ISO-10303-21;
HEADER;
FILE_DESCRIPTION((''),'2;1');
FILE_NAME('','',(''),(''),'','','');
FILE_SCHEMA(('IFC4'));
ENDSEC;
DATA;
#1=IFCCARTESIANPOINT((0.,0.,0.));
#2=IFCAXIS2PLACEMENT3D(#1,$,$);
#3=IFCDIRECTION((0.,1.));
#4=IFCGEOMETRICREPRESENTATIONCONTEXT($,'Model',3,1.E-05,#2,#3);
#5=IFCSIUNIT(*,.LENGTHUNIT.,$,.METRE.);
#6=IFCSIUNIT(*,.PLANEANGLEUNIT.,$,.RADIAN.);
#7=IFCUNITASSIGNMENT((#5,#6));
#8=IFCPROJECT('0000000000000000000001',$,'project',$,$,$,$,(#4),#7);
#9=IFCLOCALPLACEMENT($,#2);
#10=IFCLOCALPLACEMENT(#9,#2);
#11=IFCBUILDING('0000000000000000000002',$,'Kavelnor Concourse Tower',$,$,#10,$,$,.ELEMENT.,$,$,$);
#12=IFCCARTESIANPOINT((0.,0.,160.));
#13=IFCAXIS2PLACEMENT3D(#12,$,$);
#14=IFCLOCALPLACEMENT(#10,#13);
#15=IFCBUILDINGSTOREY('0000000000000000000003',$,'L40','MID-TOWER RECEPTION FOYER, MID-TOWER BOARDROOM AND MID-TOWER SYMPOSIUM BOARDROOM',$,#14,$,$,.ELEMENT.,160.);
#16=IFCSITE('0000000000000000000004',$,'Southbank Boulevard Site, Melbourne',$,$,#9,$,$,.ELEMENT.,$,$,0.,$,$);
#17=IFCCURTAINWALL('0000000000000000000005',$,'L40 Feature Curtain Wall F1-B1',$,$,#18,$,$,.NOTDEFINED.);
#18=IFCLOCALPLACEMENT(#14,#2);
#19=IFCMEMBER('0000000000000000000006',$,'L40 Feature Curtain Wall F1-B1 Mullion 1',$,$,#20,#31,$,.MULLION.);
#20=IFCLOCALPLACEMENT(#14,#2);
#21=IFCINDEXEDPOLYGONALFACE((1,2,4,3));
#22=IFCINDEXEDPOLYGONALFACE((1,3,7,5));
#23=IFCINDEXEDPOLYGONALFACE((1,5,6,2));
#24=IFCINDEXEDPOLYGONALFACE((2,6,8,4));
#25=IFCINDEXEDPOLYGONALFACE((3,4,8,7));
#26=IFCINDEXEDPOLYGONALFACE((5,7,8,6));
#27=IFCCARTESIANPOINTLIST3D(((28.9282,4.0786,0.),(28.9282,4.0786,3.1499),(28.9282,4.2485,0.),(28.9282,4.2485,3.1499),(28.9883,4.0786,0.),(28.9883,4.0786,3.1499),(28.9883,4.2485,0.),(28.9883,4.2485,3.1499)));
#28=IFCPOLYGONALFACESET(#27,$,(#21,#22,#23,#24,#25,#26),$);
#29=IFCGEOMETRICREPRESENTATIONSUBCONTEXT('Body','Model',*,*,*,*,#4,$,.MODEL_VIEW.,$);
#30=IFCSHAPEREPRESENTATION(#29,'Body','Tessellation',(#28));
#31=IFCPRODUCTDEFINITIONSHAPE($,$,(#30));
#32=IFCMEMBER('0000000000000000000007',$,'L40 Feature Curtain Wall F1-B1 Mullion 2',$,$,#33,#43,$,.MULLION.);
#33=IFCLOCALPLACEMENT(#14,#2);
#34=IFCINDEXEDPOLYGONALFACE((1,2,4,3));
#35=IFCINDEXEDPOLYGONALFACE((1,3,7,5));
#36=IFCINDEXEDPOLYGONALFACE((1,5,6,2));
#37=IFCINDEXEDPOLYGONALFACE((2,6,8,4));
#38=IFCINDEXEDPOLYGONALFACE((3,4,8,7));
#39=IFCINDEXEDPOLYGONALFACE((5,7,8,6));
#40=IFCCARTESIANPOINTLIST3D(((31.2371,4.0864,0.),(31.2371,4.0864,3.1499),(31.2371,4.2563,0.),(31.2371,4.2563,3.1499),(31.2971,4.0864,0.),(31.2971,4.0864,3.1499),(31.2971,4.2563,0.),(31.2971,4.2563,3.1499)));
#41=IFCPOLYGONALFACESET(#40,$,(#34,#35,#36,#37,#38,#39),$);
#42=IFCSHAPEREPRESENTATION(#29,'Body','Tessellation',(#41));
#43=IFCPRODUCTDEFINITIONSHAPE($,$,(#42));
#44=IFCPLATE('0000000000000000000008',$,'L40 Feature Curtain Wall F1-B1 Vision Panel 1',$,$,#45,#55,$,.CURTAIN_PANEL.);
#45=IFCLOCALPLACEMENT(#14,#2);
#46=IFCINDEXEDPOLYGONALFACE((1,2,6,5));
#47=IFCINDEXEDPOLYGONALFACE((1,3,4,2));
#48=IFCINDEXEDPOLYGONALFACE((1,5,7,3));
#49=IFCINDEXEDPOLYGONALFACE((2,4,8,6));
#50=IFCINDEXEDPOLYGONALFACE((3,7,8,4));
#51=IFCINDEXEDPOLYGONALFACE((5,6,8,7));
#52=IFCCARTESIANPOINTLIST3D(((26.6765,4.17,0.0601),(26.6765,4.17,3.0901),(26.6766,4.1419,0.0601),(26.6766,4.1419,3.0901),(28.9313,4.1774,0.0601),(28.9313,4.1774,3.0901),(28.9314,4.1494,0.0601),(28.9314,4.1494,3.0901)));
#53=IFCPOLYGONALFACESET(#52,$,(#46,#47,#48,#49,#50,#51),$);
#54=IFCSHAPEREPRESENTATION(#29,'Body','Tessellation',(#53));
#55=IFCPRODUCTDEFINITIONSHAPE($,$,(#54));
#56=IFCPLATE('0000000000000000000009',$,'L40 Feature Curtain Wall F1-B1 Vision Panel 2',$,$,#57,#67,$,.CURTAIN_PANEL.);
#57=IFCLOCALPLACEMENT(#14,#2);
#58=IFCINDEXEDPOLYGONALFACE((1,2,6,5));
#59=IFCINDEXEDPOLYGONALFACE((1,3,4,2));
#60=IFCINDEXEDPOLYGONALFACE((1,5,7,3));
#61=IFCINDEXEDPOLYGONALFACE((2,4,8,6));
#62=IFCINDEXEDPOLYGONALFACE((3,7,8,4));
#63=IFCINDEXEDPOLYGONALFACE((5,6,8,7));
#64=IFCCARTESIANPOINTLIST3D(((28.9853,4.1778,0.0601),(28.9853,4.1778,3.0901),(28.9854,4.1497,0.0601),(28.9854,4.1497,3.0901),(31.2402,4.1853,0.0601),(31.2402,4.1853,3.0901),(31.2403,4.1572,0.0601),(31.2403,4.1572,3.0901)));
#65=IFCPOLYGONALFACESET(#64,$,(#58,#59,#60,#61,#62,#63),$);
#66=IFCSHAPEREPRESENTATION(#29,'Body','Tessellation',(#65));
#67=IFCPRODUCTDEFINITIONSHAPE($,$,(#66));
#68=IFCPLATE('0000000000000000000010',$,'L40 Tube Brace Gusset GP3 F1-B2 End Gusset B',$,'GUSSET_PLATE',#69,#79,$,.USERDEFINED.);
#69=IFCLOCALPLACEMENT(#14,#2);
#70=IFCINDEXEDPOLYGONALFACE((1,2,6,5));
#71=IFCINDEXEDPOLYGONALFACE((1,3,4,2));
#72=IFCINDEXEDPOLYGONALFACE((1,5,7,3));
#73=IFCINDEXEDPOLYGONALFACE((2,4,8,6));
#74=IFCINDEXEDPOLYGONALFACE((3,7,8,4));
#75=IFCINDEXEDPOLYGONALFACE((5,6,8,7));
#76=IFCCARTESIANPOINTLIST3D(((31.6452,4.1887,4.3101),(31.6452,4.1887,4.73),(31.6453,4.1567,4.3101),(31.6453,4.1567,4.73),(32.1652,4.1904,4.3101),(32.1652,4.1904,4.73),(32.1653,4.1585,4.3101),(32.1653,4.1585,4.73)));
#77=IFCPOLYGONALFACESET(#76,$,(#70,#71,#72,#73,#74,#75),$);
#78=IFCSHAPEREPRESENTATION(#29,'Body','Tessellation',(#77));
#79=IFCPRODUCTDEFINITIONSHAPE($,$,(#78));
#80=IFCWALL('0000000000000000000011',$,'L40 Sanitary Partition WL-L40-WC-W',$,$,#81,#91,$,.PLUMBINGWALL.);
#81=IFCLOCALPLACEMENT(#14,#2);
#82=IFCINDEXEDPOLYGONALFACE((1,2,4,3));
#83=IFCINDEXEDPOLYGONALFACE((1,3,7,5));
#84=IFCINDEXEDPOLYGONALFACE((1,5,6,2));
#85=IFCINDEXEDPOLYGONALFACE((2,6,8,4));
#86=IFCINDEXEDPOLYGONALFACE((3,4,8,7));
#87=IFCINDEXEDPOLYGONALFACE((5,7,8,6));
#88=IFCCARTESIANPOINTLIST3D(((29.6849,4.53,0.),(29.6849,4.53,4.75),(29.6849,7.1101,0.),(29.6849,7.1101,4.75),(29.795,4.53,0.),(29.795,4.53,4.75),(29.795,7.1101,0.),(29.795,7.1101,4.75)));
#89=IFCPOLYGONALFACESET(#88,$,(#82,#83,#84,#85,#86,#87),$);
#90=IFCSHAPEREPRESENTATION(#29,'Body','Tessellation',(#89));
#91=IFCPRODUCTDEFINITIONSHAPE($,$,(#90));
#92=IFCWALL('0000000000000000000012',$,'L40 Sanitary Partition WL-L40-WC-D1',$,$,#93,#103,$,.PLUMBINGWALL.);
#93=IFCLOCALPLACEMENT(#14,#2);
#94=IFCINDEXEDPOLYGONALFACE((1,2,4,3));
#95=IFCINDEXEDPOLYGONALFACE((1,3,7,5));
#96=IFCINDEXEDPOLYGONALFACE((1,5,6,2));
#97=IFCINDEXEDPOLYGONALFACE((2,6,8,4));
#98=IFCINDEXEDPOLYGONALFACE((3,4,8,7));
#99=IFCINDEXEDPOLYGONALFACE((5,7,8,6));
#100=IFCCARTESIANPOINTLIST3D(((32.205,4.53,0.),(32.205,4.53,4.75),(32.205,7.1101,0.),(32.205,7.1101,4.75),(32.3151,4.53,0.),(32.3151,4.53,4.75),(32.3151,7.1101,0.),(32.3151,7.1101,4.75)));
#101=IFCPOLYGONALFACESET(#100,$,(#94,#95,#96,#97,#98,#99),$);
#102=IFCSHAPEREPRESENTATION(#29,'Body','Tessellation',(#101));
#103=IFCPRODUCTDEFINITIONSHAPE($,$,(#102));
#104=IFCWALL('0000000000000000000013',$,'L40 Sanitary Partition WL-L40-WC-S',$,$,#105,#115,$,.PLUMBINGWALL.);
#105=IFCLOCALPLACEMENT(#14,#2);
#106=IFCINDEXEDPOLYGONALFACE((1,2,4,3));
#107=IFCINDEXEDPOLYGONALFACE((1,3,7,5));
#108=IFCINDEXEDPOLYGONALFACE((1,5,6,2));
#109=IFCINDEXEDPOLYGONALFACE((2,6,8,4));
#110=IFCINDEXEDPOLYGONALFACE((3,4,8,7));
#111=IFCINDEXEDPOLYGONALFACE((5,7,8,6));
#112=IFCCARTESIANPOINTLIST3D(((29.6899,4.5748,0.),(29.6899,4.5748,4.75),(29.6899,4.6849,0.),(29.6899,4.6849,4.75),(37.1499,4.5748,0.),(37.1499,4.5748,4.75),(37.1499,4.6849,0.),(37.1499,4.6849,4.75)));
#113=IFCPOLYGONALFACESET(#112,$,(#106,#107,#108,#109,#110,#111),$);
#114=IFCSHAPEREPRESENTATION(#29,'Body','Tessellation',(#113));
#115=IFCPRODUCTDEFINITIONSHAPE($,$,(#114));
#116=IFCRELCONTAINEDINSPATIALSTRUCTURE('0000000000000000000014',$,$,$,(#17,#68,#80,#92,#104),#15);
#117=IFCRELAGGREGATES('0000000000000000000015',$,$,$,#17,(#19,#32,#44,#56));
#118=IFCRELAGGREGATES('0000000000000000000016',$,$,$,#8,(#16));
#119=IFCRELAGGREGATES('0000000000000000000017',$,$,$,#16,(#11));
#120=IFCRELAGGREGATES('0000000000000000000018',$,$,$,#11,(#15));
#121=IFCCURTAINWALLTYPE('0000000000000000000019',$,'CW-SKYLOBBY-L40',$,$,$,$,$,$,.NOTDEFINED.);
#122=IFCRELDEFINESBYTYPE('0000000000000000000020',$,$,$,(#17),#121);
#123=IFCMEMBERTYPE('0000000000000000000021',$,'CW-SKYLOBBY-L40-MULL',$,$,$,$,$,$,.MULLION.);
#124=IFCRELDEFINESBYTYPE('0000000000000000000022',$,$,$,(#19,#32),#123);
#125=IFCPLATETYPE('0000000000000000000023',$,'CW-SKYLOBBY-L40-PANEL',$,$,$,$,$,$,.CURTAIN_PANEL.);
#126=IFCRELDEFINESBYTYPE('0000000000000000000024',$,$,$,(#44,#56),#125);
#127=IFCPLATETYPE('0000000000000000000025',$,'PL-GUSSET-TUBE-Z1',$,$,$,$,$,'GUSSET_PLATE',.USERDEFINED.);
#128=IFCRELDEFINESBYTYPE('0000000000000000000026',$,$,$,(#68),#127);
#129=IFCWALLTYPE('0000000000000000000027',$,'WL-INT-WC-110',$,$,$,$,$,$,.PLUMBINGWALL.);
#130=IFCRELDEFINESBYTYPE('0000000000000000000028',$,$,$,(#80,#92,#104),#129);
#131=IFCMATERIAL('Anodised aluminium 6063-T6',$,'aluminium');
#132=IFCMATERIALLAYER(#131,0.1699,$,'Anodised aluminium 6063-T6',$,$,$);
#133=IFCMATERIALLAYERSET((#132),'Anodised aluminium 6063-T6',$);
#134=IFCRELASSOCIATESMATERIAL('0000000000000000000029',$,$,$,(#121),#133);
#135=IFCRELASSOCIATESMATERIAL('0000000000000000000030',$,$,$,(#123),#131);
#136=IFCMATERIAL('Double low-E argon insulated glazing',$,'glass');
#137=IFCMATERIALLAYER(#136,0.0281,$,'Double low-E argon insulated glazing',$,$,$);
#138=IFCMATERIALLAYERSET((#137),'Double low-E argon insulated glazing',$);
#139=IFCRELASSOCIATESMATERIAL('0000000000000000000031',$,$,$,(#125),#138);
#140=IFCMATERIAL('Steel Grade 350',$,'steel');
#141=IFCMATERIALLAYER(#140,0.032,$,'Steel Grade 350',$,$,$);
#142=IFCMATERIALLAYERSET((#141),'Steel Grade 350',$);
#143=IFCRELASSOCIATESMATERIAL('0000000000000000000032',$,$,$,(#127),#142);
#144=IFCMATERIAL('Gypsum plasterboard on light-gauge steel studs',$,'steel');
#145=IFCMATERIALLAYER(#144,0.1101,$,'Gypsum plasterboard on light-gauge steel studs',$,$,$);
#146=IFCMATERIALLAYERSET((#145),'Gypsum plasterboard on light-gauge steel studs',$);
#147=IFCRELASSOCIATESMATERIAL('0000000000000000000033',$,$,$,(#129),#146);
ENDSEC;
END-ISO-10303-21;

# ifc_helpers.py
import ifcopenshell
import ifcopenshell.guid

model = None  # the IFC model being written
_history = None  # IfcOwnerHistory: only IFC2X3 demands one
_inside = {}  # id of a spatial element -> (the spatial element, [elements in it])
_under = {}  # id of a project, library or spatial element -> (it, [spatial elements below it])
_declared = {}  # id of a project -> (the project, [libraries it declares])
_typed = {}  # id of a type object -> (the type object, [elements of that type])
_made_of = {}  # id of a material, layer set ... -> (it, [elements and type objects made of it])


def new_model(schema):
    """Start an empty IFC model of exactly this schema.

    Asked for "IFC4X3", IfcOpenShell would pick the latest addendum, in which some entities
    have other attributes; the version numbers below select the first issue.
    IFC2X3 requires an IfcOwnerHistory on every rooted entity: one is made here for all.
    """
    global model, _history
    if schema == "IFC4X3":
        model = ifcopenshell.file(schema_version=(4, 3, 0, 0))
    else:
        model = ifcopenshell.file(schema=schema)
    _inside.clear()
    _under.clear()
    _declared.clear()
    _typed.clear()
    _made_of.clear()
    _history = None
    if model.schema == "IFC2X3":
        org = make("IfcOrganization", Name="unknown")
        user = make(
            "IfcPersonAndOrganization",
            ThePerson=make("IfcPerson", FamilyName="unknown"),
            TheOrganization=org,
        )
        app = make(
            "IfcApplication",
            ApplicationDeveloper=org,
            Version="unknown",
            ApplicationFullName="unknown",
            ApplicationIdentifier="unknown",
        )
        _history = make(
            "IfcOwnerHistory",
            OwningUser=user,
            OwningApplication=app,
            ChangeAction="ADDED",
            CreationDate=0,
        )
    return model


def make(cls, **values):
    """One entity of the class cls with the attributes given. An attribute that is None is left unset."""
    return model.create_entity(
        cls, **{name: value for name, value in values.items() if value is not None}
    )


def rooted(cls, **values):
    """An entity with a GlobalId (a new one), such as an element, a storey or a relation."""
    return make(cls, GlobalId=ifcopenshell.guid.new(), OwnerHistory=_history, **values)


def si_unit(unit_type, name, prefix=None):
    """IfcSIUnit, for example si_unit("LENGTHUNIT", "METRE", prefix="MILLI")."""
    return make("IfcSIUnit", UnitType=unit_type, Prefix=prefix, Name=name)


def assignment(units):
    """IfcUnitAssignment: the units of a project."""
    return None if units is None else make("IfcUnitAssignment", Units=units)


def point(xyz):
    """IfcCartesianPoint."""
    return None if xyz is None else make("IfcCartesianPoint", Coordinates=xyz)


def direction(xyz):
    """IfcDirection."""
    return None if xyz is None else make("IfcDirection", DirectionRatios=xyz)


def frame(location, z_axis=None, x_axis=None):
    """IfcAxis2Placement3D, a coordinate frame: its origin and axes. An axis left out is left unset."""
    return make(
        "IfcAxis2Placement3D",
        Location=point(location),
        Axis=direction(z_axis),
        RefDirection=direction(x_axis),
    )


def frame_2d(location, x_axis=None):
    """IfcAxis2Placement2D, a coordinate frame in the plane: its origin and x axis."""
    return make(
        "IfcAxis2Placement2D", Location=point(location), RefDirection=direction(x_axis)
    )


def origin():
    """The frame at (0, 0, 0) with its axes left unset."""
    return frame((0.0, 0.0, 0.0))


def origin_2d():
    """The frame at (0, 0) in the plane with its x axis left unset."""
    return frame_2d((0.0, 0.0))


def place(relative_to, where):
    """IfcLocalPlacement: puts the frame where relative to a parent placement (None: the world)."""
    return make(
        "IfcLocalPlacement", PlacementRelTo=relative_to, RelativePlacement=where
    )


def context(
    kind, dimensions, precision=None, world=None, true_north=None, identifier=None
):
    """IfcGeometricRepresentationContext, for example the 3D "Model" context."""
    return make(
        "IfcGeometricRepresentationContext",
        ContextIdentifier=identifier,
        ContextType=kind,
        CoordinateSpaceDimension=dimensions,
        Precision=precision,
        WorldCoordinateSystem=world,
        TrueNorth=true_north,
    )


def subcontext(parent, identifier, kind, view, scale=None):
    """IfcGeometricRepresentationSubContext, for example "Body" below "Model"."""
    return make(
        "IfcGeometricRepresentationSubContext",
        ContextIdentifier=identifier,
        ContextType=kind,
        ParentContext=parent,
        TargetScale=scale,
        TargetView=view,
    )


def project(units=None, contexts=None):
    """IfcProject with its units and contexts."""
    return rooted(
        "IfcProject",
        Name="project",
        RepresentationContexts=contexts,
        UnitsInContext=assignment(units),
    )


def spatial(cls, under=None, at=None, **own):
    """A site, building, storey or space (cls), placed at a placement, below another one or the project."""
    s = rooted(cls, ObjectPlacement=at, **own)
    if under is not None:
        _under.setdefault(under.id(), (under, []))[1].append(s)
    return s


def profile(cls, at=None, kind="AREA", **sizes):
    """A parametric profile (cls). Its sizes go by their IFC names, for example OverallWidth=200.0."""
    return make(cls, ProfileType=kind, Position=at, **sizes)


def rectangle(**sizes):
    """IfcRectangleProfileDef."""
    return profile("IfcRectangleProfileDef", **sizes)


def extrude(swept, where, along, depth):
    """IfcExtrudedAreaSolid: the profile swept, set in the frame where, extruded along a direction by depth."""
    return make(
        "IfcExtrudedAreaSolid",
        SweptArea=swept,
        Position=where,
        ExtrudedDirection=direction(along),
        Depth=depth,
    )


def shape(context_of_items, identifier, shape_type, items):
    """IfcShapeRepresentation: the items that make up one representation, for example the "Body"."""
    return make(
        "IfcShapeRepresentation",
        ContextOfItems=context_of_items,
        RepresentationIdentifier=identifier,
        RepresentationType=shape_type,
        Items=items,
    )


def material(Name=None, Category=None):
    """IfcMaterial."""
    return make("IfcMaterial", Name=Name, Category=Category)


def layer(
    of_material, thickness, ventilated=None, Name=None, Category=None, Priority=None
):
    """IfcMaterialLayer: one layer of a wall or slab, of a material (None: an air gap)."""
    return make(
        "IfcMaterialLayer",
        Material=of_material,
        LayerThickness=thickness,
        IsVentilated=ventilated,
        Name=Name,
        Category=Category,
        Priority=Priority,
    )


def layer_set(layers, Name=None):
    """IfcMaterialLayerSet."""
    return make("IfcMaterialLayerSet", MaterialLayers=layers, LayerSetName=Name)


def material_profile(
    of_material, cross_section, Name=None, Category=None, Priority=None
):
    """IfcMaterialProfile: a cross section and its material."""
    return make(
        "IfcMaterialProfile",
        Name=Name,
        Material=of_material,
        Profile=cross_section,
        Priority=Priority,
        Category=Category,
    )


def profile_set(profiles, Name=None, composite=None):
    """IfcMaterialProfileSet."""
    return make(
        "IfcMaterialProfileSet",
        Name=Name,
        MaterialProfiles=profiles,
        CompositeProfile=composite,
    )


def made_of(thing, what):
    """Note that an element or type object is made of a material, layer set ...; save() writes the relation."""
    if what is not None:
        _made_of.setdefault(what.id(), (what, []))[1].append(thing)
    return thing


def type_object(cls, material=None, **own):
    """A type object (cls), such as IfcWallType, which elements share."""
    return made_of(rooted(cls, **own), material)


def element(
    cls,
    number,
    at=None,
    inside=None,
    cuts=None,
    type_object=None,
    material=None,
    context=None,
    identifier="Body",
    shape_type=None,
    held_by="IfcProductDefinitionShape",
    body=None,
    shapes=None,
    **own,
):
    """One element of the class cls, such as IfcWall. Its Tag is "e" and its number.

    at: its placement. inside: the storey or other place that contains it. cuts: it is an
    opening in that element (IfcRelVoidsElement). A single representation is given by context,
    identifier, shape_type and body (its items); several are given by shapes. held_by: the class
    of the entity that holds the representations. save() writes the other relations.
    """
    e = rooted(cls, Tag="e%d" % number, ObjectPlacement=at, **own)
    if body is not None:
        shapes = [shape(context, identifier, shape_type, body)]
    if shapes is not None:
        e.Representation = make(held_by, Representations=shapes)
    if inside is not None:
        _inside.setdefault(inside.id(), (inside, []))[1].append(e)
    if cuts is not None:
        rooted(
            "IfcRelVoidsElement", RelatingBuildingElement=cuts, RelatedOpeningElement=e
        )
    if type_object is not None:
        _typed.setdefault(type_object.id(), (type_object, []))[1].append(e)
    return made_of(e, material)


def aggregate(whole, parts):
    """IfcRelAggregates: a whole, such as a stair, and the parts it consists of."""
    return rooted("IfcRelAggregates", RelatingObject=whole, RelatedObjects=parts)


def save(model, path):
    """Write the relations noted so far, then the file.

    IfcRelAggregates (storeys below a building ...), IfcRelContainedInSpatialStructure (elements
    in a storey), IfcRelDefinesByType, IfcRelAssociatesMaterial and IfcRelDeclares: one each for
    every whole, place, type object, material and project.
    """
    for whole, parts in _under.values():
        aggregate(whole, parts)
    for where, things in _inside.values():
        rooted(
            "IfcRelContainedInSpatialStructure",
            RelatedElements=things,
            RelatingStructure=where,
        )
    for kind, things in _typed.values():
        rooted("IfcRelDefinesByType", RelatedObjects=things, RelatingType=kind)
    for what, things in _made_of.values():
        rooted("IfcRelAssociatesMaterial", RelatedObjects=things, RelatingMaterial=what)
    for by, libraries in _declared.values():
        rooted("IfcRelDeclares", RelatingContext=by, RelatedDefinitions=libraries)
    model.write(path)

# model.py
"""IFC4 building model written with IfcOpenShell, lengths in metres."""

from ifc_helpers import new_model, si_unit, direction, frame, frame_2d, origin, origin_2d, place, context, subcontext, project, spatial, rectangle, extrude, material, layer, layer_set, material_profile, profile_set, type_object, element, aggregate, save


model = new_model("IFC4")

# Units and contexts
model_context = context("Model", 3, precision=1e-05, world=origin(), true_north=direction((0.0, 1.0)))
body_context = subcontext(model_context, "Body", "Model", "MODEL_VIEW")
ifc_project = project(units=[si_unit("LENGTHUNIT", "METRE"), si_unit("PLANEANGLEUNIT", "RADIAN")], contexts=[model_context])

# Site, building, storey
site_placement = place(None, origin())
site = spatial("IfcSite", under=ifc_project, at=site_placement, Name="Southbank Boulevard Site, Melbourne", CompositionType="ELEMENT", RefElevation=0.0)
building_placement = place(site_placement, origin())
building = spatial("IfcBuilding", under=site, at=building_placement, Name="Kavelnor Concourse Tower", CompositionType="ELEMENT")
storey_placement = place(building_placement, frame((0.0, 0.0, 160.0)))
storey = spatial("IfcBuildingStorey", under=building, at=storey_placement, Name="L40", Description="MID-TOWER RECEPTION FOYER, MID-TOWER BOARDROOM AND MID-TOWER SYMPOSIUM BOARDROOM", CompositionType="ELEMENT", Elevation=160.0)

# Shared definitions
ifc_material_1 = material(Name="Steel Grade 350", Category="steel")

# Curtain wall, members, plates
ifc_material_2 = material(Name="Anodised aluminium 6063-T6", Category="aluminium")
ifc_layer_1 = layer(ifc_material_2, 0.1699, Name="Anodised aluminium 6063-T6")
ifc_layer_set_1 = layer_set([ifc_layer_1], Name="Anodised aluminium 6063-T6")
curtain_wall_type = type_object("IfcCurtainWallType", Name="CW-SKYLOBBY-L40", PredefinedType="NOTDEFINED", material=ifc_layer_set_1)
curtain_wall_placement = place(storey_placement, origin())
curtain_wall = element("IfcCurtainWall", 1, at=curtain_wall_placement, inside=storey, type_object=curtain_wall_type, Name="L40 Feature Curtain Wall F1-B1", PredefinedType="NOTDEFINED")
ifc_material_profile_1 = material_profile(ifc_material_2, rectangle(XDim=0.0601, YDim=0.1699, at=origin_2d()), Name="AL-MULL 60x170")
ifc_profile_set_1 = profile_set([ifc_material_profile_1], Name="Anodised aluminium 6063-T6")
member_type = type_object("IfcMemberType", Name="CW-SKYLOBBY-L40-MULL", PredefinedType="MULLION", material=ifc_profile_set_1)
member_1_placement = place(storey_placement, frame((28.9583, 4.1636, 0.0), z_axis=(0.0, 0.0, 1.0), x_axis=(1.0, 0.0, 0.0)))
member_1 = element("IfcMember", 2, at=member_1_placement, type_object=member_type, Name="L40 Feature Curtain Wall F1-B1 Mullion 1", PredefinedType="MULLION", context=body_context, shape_type="SweptSolid", body=[
    extrude(rectangle(XDim=0.0601, YDim=0.1699, at=origin_2d()), origin(), (0.0, 0.0, 1.0), 3.1499),
])
member_2_placement = place(storey_placement, frame((31.2671, 4.1714, 0.0), z_axis=(0.0, 0.0, 1.0), x_axis=(1.0, 0.0, 0.0)))
member_2 = element("IfcMember", 3, at=member_2_placement, type_object=member_type, Name="L40 Feature Curtain Wall F1-B1 Mullion 2", PredefinedType="MULLION", context=body_context, shape_type="SweptSolid", body=[
    extrude(rectangle(XDim=0.0601, YDim=0.1699, at=origin_2d()), origin(), (0.0, 0.0, 1.0), 3.1499),
])
ifc_material_3 = material(Name="Double low-E argon insulated glazing", Category="glass")
ifc_layer_2 = layer(ifc_material_3, 0.0281, Name="Double low-E argon insulated glazing")
ifc_layer_set_2 = layer_set([ifc_layer_2], Name="Double low-E argon insulated glazing")
plate_type_1 = type_object("IfcPlateType", Name="CW-SKYLOBBY-L40-PANEL", PredefinedType="CURTAIN_PANEL", material=ifc_layer_set_2)
plate_1_placement = place(storey_placement, frame((27.804, 4.1597, 0.0601), z_axis=(0.0, 0.0, 1.0), x_axis=(0.999995, 0.003316, 0.0)))
plate_1 = element("IfcPlate", 4, at=plate_1_placement, type_object=plate_type_1, Name="L40 Feature Curtain Wall F1-B1 Vision Panel 1", PredefinedType="CURTAIN_PANEL", context=body_context, shape_type="SweptSolid", body=[
    extrude(rectangle(XDim=2.2549, YDim=0.0281, at=origin_2d()), origin(), (0.0, 0.0, 1.0), 3.03),
])
plate_2_placement = place(storey_placement, frame((30.1128, 4.1675, 0.0601), z_axis=(0.0, 0.0, 1.0), x_axis=(0.999995, 0.003316, 0.0)))
plate_2 = element("IfcPlate", 5, at=plate_2_placement, type_object=plate_type_1, Name="L40 Feature Curtain Wall F1-B1 Vision Panel 2", PredefinedType="CURTAIN_PANEL", context=body_context, shape_type="SweptSolid", body=[
    extrude(rectangle(XDim=2.2549, YDim=0.0281, at=origin_2d()), origin(), (0.0, 0.0, 1.0), 3.03),
])
aggregate(curtain_wall, [member_1, member_2, plate_1, plate_2])

# Plate
ifc_layer_3 = layer(ifc_material_1, 0.032, Name="Steel Grade 350")
ifc_layer_set_3 = layer_set([ifc_layer_3], Name="Steel Grade 350")
plate_type_2 = type_object("IfcPlateType", Name="PL-GUSSET-TUBE-Z1", ElementType="GUSSET_PLATE", PredefinedType="USERDEFINED", material=ifc_layer_set_3)
plate_3_placement = place(storey_placement, frame((31.9053, 4.1736, 4.3101), z_axis=(0.0, 0.0, 1.0), x_axis=(-0.999995, -0.003316, 0.0)))
element("IfcPlate", 6, at=plate_3_placement, inside=storey, type_object=plate_type_2, Name="L40 Tube Brace Gusset GP3 F1-B2 End Gusset B", ObjectType="GUSSET_PLATE", PredefinedType="USERDEFINED", context=body_context, shape_type="SweptSolid", body=[
    extrude(rectangle(XDim=0.52, YDim=0.032, at=origin_2d()), origin(), (0.0, 0.0, 1.0), 0.4199),
])

# Walls
ifc_material_4 = material(Name="Gypsum plasterboard on light-gauge steel studs", Category="steel")
ifc_layer_4 = layer(ifc_material_4, 0.1101, Name="Gypsum plasterboard on light-gauge steel studs")
ifc_layer_set_4 = layer_set([ifc_layer_4], Name="Gypsum plasterboard on light-gauge steel studs")
wall_type = type_object("IfcWallType", Name="WL-INT-WC-110", PredefinedType="PLUMBINGWALL", material=ifc_layer_set_4)
for number, where, z_axis, x_axis, name in (
    (7, (29.74, 4.53, 0.0), (0.0, 0.0, 1.0), (0.0, 1.0, 0.0), "L40 Sanitary Partition WL-L40-WC-W"),
    (8, (32.26, 4.53, 0.0), (0.0, 0.0, 1.0), (0.0, 1.0, 0.0), "L40 Sanitary Partition WL-L40-WC-D1"),
):
    element("IfcWall", number, at=place(storey_placement, frame(where, z_axis=z_axis, x_axis=x_axis)), inside=storey, type_object=wall_type, Name=name, PredefinedType="PLUMBINGWALL", context=body_context, shape_type="SweptSolid", body=[
        extrude(rectangle(XDim=2.5801, YDim=0.1101, at=frame_2d((1.29, 0.0))), origin(), (0.0, 0.0, 1.0), 4.75),
    ])
wall_placement = place(storey_placement, frame((29.6899, 4.6299, 0.0), z_axis=(0.0, 0.0, 1.0), x_axis=(1.0, 0.0, 0.0)))
element("IfcWall", 9, at=wall_placement, inside=storey, type_object=wall_type, Name="L40 Sanitary Partition WL-L40-WC-S", PredefinedType="PLUMBINGWALL", context=body_context, shape_type="SweptSolid", body=[
    extrude(rectangle(XDim=7.46, YDim=0.1101, at=frame_2d((3.73, 0.0))), origin(), (0.0, 0.0, 1.0), 4.75),
])

save(model, "model.ifc")
